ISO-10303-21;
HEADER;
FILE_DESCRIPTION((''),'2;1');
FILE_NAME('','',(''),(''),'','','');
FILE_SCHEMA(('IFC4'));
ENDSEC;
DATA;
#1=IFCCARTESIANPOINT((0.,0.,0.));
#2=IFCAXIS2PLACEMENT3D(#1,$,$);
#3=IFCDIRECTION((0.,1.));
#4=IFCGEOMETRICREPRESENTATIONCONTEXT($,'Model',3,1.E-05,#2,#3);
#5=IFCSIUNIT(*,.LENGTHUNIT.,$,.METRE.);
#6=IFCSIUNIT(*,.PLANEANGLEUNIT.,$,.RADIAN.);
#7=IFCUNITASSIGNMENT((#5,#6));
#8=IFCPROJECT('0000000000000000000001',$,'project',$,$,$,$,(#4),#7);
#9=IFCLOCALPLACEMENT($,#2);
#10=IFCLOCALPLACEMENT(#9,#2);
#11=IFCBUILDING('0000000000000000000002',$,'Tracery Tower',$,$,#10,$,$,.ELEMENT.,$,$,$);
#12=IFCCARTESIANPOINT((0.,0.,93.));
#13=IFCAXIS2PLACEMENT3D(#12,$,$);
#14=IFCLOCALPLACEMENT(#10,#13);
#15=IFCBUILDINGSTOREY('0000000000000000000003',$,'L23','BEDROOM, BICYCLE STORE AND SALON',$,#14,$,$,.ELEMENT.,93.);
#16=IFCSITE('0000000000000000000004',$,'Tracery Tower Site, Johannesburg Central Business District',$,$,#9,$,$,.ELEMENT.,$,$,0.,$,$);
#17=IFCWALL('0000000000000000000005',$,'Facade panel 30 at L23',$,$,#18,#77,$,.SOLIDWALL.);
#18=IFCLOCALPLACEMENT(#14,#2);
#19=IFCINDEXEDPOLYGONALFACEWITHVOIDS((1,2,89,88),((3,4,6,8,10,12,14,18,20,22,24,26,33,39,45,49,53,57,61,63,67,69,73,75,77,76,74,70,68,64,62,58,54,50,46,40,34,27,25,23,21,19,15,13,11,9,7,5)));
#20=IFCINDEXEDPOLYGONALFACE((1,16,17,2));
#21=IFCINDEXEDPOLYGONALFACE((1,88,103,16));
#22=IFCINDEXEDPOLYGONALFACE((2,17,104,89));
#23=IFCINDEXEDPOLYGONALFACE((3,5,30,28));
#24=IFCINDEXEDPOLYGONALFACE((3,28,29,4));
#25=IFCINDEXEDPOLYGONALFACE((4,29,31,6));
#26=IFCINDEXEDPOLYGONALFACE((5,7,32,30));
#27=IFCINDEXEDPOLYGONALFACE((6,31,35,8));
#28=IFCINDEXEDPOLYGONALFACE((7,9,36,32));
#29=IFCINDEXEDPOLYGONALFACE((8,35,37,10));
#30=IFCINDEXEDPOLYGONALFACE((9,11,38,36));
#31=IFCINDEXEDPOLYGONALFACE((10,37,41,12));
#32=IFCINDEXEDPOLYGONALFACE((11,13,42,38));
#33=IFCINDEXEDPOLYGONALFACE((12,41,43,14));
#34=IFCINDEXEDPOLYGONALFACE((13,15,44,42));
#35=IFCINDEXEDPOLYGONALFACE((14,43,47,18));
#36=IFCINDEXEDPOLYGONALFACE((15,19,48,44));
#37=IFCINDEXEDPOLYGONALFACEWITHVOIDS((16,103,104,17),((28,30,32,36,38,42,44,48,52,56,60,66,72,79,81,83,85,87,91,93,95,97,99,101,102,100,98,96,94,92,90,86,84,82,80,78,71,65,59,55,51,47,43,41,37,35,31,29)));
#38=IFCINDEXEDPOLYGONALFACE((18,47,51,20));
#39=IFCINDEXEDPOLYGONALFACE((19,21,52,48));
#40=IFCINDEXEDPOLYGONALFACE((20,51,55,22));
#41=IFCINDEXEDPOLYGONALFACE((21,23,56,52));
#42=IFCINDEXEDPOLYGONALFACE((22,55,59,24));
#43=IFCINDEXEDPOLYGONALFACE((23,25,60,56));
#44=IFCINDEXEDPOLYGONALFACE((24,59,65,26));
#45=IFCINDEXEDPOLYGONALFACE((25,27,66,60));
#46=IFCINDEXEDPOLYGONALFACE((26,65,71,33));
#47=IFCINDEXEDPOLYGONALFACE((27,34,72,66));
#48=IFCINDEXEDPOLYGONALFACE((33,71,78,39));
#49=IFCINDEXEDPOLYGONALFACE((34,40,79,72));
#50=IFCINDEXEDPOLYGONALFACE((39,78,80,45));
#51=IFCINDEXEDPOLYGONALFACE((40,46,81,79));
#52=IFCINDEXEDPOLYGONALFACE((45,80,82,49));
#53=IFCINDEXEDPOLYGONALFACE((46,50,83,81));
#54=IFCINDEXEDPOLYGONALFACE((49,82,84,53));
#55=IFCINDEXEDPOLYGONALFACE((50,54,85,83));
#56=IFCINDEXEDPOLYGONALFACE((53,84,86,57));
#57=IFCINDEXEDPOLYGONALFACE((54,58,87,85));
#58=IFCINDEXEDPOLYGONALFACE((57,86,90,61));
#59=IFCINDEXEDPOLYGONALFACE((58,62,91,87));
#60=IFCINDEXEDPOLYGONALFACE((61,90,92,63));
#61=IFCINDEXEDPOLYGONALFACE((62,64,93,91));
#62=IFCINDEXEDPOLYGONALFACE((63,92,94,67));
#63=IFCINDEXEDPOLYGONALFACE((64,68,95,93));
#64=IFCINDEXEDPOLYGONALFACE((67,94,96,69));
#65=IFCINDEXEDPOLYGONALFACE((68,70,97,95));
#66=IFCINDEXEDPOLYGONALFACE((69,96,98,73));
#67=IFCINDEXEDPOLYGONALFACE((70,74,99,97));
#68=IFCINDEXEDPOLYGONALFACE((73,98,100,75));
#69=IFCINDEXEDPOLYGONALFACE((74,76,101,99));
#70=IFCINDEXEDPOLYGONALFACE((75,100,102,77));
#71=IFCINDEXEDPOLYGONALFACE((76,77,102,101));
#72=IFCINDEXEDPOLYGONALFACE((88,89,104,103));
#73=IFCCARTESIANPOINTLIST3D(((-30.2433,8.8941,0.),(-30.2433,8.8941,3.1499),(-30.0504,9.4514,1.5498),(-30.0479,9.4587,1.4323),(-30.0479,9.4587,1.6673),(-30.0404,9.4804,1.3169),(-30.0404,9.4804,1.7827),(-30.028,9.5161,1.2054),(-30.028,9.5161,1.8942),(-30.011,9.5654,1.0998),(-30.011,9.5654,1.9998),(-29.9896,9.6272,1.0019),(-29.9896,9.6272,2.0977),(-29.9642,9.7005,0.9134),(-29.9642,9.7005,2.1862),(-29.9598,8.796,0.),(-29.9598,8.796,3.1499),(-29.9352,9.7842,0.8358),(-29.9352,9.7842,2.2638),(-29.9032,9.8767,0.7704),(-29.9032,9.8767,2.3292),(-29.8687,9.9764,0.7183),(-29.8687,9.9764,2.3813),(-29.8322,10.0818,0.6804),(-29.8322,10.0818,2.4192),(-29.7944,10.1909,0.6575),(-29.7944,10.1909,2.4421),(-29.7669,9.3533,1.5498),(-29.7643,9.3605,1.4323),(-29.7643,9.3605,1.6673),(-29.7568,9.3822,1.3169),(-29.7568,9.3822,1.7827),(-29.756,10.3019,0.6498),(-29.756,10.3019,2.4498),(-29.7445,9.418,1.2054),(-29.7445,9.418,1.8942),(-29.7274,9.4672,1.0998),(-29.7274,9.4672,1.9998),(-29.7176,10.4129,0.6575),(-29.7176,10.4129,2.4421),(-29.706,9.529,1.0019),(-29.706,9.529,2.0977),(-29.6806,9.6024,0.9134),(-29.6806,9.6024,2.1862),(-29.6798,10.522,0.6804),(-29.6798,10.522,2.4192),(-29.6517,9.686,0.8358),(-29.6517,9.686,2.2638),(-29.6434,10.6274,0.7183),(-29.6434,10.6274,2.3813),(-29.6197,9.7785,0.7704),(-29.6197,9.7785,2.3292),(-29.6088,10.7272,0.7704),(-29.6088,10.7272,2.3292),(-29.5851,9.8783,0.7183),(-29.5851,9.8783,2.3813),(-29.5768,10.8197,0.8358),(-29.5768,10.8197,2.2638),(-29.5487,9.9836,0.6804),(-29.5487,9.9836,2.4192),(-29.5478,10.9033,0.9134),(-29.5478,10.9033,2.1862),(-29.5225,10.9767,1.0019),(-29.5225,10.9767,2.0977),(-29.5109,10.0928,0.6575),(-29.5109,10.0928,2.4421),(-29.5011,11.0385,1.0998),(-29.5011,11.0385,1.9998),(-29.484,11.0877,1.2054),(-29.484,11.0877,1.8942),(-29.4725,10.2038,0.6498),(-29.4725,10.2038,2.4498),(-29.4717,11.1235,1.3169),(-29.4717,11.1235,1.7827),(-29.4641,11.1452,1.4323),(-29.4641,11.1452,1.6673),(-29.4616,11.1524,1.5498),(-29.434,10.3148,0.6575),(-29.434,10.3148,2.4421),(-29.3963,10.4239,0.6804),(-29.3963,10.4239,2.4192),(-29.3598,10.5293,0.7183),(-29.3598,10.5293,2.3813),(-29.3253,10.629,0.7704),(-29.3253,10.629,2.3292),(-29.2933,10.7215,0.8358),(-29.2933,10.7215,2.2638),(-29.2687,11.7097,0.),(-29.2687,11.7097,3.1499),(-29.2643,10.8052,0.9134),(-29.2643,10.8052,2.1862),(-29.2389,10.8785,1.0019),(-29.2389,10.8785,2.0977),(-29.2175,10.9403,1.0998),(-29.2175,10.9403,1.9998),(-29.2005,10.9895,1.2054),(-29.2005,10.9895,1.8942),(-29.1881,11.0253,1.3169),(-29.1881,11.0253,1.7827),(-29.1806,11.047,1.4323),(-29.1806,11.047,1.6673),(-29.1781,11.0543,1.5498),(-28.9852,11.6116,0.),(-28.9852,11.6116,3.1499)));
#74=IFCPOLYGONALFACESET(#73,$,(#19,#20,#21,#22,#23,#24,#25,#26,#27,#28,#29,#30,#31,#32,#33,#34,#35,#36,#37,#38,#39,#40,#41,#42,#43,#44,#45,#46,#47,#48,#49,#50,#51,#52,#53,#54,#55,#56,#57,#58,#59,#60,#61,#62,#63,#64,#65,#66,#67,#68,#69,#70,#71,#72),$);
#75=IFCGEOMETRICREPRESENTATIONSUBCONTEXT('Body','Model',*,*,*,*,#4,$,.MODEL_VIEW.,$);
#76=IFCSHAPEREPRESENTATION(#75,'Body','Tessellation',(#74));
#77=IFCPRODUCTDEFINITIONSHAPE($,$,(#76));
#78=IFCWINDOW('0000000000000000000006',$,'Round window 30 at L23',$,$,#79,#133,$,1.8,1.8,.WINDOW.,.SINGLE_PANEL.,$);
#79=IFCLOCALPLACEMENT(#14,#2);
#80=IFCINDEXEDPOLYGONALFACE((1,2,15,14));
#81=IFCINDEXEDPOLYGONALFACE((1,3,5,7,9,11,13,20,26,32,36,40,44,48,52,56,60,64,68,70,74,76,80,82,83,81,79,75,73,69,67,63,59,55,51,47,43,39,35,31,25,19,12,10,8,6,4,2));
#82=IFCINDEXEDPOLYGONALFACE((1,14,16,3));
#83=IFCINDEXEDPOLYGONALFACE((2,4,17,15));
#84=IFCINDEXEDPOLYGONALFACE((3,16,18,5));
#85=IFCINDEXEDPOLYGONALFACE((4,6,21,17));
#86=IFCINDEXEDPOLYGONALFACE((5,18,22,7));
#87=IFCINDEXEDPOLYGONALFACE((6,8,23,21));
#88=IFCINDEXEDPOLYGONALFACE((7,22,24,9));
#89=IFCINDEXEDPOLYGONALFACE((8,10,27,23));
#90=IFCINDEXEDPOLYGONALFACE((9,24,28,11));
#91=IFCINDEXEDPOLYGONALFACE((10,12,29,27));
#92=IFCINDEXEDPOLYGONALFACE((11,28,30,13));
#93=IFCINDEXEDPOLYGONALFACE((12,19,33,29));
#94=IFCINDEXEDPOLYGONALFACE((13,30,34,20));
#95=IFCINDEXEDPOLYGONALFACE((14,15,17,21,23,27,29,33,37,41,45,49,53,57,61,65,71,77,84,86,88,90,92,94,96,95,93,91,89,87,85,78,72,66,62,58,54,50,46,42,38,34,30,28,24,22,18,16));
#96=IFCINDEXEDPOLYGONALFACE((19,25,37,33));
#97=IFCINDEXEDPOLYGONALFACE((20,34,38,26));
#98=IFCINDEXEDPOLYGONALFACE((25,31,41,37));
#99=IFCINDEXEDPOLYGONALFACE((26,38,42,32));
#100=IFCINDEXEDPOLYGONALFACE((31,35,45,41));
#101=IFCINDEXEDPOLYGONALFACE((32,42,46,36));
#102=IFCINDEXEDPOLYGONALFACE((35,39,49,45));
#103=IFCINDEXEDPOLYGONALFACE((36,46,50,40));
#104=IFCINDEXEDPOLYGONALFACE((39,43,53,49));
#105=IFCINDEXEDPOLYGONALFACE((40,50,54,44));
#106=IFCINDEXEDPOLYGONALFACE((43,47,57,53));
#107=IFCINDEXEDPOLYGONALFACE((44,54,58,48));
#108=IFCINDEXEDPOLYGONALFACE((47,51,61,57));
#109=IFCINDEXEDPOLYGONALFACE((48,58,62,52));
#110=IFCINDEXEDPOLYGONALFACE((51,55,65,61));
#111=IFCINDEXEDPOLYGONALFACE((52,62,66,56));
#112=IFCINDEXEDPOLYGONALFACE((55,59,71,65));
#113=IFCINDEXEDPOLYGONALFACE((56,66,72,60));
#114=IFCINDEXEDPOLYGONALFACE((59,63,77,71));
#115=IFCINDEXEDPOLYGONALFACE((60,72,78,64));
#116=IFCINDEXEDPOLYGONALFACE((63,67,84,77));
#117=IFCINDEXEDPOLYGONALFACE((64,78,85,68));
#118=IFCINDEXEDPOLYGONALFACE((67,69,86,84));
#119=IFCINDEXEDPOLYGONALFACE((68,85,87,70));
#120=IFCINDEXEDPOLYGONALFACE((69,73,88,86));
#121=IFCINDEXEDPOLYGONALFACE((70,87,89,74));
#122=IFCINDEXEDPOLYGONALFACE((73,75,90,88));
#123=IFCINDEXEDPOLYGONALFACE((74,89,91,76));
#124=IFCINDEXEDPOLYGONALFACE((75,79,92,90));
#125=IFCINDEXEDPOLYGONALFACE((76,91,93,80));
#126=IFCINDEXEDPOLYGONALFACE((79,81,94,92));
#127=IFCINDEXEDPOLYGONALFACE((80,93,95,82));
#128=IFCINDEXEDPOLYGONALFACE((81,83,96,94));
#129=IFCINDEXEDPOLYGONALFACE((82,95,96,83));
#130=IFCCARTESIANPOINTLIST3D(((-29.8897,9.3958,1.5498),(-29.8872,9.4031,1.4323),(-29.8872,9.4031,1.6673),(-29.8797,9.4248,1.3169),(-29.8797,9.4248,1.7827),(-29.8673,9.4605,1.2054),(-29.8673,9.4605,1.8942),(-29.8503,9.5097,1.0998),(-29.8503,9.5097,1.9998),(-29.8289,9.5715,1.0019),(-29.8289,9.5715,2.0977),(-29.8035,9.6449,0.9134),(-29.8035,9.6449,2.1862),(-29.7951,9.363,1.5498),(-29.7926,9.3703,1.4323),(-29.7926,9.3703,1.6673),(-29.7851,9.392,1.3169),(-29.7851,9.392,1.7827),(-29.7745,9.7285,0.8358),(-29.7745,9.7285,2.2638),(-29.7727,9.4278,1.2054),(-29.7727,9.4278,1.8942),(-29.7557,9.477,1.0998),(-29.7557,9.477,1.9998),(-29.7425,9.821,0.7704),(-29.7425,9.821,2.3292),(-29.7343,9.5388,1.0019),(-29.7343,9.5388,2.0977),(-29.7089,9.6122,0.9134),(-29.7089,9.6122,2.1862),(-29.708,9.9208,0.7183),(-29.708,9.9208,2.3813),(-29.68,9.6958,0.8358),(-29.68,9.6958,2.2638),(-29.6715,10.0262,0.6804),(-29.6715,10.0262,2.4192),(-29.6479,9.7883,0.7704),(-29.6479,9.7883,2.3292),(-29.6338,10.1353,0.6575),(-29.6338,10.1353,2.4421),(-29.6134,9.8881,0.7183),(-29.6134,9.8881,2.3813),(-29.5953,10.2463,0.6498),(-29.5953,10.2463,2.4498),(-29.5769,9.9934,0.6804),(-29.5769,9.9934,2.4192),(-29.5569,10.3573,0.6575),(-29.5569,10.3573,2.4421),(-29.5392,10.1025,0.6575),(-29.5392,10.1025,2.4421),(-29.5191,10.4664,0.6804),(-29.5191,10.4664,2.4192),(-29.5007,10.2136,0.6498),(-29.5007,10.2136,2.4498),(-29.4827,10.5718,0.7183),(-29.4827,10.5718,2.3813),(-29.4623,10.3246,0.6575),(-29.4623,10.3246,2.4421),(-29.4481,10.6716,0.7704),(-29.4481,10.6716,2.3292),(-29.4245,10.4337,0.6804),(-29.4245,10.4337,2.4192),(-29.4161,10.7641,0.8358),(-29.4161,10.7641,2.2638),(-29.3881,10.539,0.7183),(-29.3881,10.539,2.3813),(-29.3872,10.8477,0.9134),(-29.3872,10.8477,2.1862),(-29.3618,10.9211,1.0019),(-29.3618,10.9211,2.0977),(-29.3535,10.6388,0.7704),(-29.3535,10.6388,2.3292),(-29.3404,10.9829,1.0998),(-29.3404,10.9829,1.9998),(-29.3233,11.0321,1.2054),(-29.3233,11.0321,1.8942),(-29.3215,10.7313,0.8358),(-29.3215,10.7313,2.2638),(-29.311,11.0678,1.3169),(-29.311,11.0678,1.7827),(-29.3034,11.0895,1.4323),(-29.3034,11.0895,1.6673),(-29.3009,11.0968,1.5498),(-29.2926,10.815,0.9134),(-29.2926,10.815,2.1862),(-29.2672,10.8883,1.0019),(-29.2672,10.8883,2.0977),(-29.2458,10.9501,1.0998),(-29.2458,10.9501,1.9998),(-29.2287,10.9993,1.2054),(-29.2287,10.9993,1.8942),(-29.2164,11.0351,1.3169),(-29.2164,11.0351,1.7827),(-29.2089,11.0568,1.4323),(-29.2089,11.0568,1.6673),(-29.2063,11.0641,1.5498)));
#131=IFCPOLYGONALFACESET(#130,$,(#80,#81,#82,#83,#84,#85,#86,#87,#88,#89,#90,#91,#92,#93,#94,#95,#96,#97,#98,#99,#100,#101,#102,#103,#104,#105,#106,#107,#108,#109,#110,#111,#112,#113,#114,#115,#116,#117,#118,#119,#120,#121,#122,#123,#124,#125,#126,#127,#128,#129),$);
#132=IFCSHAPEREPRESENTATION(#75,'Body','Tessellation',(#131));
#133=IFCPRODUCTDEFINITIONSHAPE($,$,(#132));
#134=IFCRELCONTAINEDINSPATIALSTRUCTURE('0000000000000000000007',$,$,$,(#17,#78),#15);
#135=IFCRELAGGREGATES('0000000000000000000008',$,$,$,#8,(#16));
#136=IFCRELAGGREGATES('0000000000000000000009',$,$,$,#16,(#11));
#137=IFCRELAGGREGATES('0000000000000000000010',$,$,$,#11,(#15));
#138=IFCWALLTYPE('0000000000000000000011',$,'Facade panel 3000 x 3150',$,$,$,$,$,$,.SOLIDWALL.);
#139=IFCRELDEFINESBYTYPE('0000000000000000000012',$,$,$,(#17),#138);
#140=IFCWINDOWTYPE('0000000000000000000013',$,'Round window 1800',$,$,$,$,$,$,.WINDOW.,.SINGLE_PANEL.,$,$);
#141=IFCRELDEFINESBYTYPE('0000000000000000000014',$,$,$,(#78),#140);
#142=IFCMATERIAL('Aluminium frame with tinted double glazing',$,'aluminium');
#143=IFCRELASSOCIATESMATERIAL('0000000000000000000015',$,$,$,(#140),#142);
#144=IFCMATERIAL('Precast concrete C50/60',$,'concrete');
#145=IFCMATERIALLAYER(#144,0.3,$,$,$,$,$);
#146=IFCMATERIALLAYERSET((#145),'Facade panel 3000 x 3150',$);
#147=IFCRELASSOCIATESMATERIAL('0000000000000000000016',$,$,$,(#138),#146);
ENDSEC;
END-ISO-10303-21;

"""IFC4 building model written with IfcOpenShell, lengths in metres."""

from ifc_helpers import new_model, si_unit, direction, frame, frame_2d, origin, origin_2d, place, context, subcontext, project, spatial, rectangle, circle, extrude, material, layer, layer_set, type_object, element, fill, save


model = new_model("IFC4")

# Units and contexts
model_context = context("Model", 3, precision=1e-05, world=origin(), true_north=direction((0.0, 1.0)))
body_context = subcontext(model_context, "Body", "Model", "MODEL_VIEW")
ifc_project = project(units=[si_unit("LENGTHUNIT", "METRE"), si_unit("PLANEANGLEUNIT", "RADIAN")], contexts=[model_context])

# Site, building, storey
site_placement = place(None, origin())
site = spatial("IfcSite", under=ifc_project, at=site_placement, Name="Tracery Tower Site, Johannesburg Central Business District", CompositionType="ELEMENT", RefElevation=0.0)
building_placement = place(site_placement, origin())
building = spatial("IfcBuilding", under=site, at=building_placement, Name="Tracery Tower", CompositionType="ELEMENT")
storey_placement = place(building_placement, frame((0.0, 0.0, 93.0)))
storey = spatial("IfcBuildingStorey", under=building, at=storey_placement, Name="L23", Description="BEDROOM, BICYCLE STORE AND SALON", CompositionType="ELEMENT", Elevation=93.0)

# Wall, opening, window
ifc_material_1 = material(Name="Aluminium frame with tinted double glazing", Category="aluminium")
window_type = type_object("IfcWindowType", Name="Round window 1800", PartitioningType="SINGLE_PANEL", PredefinedType="WINDOW", material=ifc_material_1)
ifc_material_2 = material(Name="Precast concrete C50/60", Category="concrete")
ifc_layer_1 = layer(ifc_material_2, 0.3)
ifc_layer_set_1 = layer_set([ifc_layer_1], Name="Facade panel 3000 x 3150")
wall_type_1 = type_object("IfcWallType", Name="Facade panel 3000 x 3150", PredefinedType="SOLIDWALL", material=ifc_layer_set_1)
wall_1_placement = place(storey_placement, frame((-29.127, 11.6606, 0.0), z_axis=(0.0, 0.0, 1.0), x_axis=(-0.327096, -0.944991, 0.0)))
wall_1 = element("IfcWall", 1, at=wall_1_placement, inside=storey, type_object=wall_type_1, Name="Facade panel 30 at L23", PredefinedType="SOLIDWALL", context=body_context, shape_type="SweptSolid", body=[
    extrude(rectangle(XDim=2.9795, YDim=0.3, at=frame_2d((1.4897, 0.0))), origin(), (0.0, 0.0, 1.0), 3.1499),
])
opening_1_placement = place(wall_1_placement, frame((1.4897, 0.0, 1.5498)))
opening_1 = element("IfcOpeningElement", 2, at=opening_1_placement, cuts=wall_1, PredefinedType="OPENING", context=body_context, shape_type="SweptSolid", body=[
    extrude(circle(Radius=0.9, at=origin_2d()), frame((0.0, 0.1599, 0.0), z_axis=(0.0, -1.0, 0.0), x_axis=(1.0, 0.0, 0.0)), (0.0, 0.0, 1.0), 0.3201),
])
window_1_placement = place(opening_1_placement, origin())
window_1 = element("IfcWindow", 3, at=window_1_placement, inside=storey, type_object=window_type, Name="Round window 30 at L23", OverallHeight=1.8, OverallWidth=1.8, PartitioningType="SINGLE_PANEL", PredefinedType="WINDOW", context=body_context, shape_type="SweptSolid", body=[
    extrude(circle(Radius=0.9, at=origin_2d()), frame((0.0, 0.1201, 0.0), z_axis=(0.0, -1.0, 0.0), x_axis=(1.0, 0.0, 0.0)), (0.0, 0.0, 1.0), 0.1001),
])
fill(opening_1, window_1)

save(model, "model.ifc")
